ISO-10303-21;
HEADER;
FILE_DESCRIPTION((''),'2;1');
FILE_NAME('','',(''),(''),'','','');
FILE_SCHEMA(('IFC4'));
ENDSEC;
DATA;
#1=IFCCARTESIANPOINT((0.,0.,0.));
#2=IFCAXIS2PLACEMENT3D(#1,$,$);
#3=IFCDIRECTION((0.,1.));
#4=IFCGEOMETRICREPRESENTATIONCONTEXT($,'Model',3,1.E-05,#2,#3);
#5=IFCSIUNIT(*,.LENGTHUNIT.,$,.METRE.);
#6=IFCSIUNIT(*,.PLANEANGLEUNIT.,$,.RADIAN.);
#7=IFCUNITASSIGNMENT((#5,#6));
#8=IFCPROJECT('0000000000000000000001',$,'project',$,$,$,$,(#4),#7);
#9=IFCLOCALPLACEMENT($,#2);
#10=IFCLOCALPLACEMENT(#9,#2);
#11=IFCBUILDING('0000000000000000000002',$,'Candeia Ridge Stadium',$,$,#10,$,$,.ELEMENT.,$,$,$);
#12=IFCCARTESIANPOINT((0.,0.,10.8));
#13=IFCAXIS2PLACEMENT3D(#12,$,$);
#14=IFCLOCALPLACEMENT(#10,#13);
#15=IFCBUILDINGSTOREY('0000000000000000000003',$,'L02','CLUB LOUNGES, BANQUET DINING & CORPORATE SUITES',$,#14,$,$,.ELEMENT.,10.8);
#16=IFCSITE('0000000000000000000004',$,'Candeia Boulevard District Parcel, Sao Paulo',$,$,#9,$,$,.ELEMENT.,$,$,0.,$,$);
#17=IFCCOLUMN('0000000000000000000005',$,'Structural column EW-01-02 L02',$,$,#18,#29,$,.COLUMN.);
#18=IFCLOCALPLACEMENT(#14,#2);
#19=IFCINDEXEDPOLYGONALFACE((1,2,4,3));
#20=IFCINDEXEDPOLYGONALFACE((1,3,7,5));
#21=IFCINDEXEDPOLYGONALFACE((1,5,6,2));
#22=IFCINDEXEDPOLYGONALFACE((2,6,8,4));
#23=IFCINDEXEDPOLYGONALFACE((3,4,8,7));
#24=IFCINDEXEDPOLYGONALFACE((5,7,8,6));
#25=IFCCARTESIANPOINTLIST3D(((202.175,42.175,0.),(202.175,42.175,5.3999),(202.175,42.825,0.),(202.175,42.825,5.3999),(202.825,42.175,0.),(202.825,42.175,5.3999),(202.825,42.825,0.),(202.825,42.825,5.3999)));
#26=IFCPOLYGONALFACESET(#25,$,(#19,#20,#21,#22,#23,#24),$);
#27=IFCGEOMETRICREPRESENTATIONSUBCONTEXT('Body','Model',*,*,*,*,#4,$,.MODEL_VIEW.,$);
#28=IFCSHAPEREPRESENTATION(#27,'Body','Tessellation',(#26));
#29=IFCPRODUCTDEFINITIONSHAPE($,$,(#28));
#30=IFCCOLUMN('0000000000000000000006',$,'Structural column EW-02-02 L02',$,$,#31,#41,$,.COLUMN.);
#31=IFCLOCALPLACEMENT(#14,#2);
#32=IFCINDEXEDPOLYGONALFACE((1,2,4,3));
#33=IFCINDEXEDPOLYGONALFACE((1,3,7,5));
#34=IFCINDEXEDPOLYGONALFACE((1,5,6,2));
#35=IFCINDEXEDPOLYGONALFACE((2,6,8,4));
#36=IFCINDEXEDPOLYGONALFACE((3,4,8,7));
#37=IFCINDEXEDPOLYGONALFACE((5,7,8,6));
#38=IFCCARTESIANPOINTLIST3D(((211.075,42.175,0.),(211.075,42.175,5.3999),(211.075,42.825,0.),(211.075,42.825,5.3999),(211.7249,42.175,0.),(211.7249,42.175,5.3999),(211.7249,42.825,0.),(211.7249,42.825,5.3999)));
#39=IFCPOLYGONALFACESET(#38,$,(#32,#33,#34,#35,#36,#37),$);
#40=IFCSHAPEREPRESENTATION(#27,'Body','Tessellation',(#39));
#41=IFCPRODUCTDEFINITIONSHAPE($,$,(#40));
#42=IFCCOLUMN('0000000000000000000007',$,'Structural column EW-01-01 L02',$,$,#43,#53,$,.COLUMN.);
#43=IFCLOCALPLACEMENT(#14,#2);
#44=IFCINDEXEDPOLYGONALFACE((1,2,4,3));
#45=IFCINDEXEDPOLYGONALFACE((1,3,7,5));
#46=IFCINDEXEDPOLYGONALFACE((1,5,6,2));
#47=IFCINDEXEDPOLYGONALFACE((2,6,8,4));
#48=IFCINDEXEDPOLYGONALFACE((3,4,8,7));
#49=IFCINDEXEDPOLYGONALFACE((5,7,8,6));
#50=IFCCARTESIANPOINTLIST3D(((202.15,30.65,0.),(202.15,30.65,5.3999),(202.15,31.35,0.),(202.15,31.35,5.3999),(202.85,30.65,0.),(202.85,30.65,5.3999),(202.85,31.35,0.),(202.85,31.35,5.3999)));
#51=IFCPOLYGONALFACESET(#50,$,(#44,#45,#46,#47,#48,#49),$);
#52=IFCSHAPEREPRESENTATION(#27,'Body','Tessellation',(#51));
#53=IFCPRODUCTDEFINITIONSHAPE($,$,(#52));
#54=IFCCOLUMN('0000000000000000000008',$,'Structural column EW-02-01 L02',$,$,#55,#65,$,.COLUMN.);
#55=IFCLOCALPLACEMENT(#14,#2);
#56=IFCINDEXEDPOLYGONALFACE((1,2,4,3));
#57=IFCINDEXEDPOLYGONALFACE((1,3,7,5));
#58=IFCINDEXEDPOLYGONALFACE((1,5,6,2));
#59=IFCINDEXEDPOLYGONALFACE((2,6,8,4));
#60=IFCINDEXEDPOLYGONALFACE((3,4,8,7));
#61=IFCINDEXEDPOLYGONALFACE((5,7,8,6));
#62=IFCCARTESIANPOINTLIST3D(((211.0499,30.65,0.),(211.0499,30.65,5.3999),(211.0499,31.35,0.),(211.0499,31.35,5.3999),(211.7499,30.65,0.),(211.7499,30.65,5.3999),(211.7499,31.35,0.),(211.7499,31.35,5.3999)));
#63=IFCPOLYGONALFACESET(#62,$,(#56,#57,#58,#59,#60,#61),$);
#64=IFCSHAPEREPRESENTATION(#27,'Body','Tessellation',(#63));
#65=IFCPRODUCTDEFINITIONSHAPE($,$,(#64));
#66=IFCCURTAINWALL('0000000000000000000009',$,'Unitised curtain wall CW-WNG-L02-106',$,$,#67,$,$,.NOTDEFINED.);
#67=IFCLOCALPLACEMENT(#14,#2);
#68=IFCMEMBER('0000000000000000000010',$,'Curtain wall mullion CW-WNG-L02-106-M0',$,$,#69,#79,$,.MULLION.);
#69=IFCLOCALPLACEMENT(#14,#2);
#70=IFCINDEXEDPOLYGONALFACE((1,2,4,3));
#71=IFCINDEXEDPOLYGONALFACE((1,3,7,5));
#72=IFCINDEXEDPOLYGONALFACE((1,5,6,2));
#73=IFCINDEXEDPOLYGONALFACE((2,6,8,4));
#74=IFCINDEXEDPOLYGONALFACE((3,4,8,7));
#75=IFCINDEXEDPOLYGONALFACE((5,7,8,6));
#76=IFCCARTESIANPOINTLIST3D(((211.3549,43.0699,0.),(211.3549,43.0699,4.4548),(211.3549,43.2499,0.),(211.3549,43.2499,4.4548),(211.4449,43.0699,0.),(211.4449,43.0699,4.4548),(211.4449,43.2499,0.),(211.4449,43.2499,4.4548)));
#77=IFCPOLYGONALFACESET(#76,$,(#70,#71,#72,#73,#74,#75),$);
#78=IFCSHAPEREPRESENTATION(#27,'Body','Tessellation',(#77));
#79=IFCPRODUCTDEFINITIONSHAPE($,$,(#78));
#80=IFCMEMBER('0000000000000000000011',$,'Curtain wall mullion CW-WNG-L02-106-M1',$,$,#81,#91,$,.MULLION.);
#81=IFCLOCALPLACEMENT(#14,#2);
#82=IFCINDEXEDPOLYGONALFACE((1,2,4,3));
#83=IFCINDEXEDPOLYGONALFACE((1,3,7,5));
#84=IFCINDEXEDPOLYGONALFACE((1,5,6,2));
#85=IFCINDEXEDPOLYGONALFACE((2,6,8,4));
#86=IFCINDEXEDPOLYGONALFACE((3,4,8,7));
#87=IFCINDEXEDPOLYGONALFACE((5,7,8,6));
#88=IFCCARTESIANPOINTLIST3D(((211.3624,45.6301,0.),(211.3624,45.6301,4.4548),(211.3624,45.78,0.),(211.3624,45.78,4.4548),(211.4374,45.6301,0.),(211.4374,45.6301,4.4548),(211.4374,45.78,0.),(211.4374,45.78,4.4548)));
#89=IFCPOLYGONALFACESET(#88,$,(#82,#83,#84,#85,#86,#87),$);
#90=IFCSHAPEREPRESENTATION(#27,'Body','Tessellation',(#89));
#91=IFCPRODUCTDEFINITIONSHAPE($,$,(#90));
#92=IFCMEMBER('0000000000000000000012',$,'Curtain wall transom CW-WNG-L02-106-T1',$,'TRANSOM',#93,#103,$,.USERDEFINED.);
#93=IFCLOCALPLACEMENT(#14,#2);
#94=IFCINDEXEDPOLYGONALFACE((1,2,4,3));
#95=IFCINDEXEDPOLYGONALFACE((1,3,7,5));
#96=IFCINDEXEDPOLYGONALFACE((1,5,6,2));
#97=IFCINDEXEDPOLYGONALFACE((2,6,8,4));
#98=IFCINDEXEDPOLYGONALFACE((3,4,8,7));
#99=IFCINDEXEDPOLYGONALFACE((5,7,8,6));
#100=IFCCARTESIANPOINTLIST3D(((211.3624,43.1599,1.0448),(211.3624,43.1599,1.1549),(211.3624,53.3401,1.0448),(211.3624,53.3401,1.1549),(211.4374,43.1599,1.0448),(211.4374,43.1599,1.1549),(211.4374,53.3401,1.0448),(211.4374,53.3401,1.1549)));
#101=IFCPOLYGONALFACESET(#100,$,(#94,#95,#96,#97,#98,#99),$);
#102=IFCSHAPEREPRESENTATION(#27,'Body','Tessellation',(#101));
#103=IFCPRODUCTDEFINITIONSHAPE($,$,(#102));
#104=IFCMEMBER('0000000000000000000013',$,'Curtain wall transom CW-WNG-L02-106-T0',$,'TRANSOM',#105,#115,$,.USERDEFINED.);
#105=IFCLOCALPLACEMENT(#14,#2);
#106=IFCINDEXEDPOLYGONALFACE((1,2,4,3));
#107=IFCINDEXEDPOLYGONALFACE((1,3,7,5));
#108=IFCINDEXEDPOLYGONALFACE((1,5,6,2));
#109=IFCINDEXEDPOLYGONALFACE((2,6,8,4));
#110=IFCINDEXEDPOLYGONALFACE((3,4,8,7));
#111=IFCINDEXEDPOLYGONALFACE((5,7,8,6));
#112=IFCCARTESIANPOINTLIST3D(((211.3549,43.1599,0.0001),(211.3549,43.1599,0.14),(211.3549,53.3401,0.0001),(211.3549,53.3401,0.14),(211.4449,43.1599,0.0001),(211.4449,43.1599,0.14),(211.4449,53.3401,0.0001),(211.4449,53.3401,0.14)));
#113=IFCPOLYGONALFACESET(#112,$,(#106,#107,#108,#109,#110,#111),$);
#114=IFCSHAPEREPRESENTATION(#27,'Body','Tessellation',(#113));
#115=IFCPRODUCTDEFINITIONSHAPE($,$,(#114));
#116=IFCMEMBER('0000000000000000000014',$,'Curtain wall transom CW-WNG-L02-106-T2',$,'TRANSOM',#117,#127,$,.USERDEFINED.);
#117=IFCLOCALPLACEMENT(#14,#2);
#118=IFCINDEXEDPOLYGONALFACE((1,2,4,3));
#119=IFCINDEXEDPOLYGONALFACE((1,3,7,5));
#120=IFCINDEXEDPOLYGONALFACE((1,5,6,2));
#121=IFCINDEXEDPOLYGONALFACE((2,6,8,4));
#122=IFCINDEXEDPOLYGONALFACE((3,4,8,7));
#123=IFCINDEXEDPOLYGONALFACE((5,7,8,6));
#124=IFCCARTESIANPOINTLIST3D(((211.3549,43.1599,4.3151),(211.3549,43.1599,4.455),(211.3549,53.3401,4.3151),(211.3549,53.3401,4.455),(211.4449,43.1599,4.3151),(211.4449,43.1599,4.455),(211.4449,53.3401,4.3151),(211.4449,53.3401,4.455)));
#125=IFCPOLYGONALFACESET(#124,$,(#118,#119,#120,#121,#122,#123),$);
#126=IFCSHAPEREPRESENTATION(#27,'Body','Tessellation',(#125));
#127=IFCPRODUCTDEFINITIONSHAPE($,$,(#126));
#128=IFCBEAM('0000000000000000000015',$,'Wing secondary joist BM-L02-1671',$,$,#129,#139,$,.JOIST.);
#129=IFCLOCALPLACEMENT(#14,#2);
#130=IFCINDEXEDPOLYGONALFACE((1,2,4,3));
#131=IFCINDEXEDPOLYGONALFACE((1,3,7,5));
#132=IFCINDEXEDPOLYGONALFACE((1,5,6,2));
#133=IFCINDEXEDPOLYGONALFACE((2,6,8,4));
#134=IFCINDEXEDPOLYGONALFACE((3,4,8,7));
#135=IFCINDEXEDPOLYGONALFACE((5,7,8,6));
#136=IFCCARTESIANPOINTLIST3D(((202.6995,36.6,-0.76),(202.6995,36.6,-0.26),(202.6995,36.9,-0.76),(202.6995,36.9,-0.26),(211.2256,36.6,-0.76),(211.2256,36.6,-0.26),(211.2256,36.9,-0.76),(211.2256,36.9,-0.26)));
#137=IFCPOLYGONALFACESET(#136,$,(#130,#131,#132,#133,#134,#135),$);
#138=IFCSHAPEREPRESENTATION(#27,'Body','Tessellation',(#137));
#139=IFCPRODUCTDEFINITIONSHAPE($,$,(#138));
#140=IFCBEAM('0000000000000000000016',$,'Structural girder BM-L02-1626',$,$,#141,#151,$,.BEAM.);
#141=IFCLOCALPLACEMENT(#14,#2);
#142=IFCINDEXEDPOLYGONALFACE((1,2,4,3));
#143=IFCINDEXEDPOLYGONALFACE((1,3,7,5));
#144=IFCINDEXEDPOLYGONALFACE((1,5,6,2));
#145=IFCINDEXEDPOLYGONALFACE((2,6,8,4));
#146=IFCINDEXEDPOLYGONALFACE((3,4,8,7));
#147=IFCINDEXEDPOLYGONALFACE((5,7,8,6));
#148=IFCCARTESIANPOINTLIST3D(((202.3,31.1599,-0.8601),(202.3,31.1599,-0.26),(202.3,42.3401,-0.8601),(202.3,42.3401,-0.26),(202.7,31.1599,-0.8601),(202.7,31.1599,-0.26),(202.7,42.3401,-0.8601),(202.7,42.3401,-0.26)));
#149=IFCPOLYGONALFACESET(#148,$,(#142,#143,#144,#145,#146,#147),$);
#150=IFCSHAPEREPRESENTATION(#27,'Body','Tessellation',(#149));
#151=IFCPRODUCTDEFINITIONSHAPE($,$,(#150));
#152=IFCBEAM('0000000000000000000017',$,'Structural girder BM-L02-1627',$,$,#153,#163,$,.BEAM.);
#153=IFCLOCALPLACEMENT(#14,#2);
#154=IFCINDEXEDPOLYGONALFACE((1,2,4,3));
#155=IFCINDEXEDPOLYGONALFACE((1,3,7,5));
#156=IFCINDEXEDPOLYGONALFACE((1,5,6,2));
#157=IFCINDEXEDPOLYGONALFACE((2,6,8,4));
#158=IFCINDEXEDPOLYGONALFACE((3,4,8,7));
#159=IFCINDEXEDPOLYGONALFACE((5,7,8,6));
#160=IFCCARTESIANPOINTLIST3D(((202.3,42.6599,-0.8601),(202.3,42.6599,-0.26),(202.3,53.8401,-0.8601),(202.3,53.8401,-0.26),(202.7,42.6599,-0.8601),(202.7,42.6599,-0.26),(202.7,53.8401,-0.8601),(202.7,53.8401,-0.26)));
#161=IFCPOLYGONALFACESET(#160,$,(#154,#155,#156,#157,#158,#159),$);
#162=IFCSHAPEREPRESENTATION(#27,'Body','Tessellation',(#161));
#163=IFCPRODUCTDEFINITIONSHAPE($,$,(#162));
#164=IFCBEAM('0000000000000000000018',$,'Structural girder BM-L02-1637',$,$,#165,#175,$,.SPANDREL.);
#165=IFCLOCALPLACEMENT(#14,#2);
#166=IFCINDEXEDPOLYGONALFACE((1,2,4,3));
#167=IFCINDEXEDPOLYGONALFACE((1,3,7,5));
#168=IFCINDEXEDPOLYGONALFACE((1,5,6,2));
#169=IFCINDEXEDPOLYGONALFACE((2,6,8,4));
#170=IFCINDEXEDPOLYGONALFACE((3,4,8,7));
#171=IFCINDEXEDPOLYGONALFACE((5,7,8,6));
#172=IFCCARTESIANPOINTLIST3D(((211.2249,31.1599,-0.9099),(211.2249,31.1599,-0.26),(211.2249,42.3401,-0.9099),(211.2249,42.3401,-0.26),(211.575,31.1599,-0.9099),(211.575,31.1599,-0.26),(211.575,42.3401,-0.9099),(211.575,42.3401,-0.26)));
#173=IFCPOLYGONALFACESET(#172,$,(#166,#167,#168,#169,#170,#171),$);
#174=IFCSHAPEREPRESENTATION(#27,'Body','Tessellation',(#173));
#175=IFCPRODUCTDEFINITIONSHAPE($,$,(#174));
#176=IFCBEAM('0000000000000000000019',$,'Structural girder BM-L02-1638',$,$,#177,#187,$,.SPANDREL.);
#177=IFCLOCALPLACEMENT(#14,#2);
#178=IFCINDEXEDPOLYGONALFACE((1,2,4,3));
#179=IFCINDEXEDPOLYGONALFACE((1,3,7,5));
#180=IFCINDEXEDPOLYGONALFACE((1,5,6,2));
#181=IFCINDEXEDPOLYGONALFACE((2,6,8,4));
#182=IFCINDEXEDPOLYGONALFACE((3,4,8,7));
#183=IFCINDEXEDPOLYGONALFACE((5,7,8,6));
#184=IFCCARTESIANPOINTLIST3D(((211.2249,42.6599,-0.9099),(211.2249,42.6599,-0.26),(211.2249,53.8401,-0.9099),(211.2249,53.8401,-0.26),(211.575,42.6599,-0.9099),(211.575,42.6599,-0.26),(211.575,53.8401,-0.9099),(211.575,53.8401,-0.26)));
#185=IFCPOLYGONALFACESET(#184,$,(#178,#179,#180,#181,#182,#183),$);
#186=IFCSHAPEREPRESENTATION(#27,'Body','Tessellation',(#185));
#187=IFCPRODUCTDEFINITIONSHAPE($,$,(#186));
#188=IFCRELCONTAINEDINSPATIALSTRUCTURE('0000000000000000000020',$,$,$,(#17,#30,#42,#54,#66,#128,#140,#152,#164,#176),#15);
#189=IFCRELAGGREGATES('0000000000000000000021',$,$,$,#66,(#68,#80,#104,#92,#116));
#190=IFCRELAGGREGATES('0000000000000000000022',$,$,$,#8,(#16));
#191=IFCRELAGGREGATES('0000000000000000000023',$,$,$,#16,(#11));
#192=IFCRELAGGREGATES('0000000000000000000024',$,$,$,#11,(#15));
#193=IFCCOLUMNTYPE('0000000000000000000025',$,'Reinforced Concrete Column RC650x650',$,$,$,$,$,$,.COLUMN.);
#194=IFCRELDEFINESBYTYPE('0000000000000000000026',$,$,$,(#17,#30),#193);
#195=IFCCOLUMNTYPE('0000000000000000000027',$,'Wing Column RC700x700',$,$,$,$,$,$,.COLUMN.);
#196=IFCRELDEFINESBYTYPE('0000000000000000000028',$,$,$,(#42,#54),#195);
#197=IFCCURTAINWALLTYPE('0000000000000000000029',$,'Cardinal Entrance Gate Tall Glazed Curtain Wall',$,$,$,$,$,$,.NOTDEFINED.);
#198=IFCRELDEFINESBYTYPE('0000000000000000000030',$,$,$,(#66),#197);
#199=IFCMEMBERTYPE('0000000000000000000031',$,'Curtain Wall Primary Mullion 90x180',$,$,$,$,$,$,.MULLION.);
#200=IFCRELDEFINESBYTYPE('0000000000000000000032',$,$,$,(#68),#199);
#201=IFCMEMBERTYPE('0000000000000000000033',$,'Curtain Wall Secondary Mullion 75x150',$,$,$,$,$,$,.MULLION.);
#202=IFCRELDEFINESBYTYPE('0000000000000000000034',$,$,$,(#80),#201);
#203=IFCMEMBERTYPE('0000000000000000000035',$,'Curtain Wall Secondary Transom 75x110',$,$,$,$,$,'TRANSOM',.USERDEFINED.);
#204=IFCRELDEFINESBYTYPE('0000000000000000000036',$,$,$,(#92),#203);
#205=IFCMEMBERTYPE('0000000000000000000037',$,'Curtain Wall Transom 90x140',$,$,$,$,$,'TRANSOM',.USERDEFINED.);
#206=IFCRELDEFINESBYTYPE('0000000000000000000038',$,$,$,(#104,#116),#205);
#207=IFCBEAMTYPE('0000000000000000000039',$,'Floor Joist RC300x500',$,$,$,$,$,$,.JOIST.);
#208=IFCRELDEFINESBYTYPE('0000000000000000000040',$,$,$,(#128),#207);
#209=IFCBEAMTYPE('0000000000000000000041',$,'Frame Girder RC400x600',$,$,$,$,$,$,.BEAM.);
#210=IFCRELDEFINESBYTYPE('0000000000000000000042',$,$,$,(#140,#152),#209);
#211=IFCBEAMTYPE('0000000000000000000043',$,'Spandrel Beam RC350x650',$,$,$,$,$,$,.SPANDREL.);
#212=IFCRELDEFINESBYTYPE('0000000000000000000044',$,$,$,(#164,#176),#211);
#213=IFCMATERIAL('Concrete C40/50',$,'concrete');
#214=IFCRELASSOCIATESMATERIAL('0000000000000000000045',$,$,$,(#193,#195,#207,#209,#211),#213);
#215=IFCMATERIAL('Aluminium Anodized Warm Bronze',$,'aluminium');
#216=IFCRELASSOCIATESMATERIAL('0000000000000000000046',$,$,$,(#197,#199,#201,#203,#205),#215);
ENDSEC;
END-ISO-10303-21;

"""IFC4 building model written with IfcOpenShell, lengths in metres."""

from ifc_helpers import new_model, si_unit, direction, frame, origin, origin_2d, place, context, subcontext, project, spatial, rectangle, extrude, material, material_profile, profile_set, type_object, element, aggregate, save


model = new_model("IFC4")

# Units and contexts
model_context = context("Model", 3, precision=1e-05, world=origin(), true_north=direction((0.0, 1.0)))
body_context = subcontext(model_context, "Body", "Model", "MODEL_VIEW")
ifc_project = project(units=[si_unit("LENGTHUNIT", "METRE"), si_unit("PLANEANGLEUNIT", "RADIAN")], contexts=[model_context])

# Site, building, storey
site_placement = place(None, origin())
site = spatial("IfcSite", under=ifc_project, at=site_placement, Name="Candeia Boulevard District Parcel, Sao Paulo", CompositionType="ELEMENT", RefElevation=0.0)
building_placement = place(site_placement, origin())
building = spatial("IfcBuilding", under=site, at=building_placement, Name="Candeia Ridge Stadium", CompositionType="ELEMENT")
storey_placement = place(building_placement, frame((0.0, 0.0, 10.8)))
storey = spatial("IfcBuildingStorey", under=building, at=storey_placement, Name="L02", Description="CLUB LOUNGES, BANQUET DINING & CORPORATE SUITES", CompositionType="ELEMENT", Elevation=10.8)

# Columns
ifc_material_1 = material(Name="Concrete C40/50", Category="concrete")
ifc_material_profile_1 = material_profile(ifc_material_1, rectangle(XDim=0.6499, YDim=0.6499, at=origin_2d()), Name="RC650x650", Category="concrete")
ifc_profile_set_1 = profile_set([ifc_material_profile_1], Name="Concrete C40/50")
column_type_1 = type_object("IfcColumnType", Name="Reinforced Concrete Column RC650x650", PredefinedType="COLUMN", material=ifc_profile_set_1)
for number, where, z_axis, x_axis, name in (
    (1, (202.5, 42.5, 0.0), (0.0, 0.0, 1.0), (1.0, 0.0, 0.0), "Structural column EW-01-02 L02"),
    (2, (211.3999, 42.5, 0.0), (0.0, 0.0, 1.0), (1.0, 0.0, 0.0), "Structural column EW-02-02 L02"),
):
    element("IfcColumn", number, at=place(storey_placement, frame(where, z_axis=z_axis, x_axis=x_axis)), inside=storey, type_object=column_type_1, Name=name, PredefinedType="COLUMN", context=body_context, shape_type="SweptSolid", body=[
        extrude(rectangle(XDim=0.6499, YDim=0.6499, at=origin_2d()), origin(), (0.0, 0.0, 1.0), 5.3999),
    ])
ifc_material_profile_2 = material_profile(ifc_material_1, rectangle(XDim=0.7, YDim=0.7, at=origin_2d()), Name="RC700x700", Category="concrete")
ifc_profile_set_2 = profile_set([ifc_material_profile_2], Name="Concrete C40/50")
column_type_2 = type_object("IfcColumnType", Name="Wing Column RC700x700", PredefinedType="COLUMN", material=ifc_profile_set_2)
for number, where, z_axis, x_axis, name in (
    (3, (202.5, 31.0, 0.0), (0.0, 0.0, 1.0), (1.0, 0.0, 0.0), "Structural column EW-01-01 L02"),
    (4, (211.3999, 31.0, 0.0), (0.0, 0.0, 1.0), (1.0, 0.0, 0.0), "Structural column EW-02-01 L02"),
):
    element("IfcColumn", number, at=place(storey_placement, frame(where, z_axis=z_axis, x_axis=x_axis)), inside=storey, type_object=column_type_2, Name=name, PredefinedType="COLUMN", context=body_context, shape_type="SweptSolid", body=[
        extrude(rectangle(XDim=0.7, YDim=0.7, at=origin_2d()), origin(), (0.0, 0.0, 1.0), 5.3999),
    ])

# Curtain wall, members
ifc_material_2 = material(Name="Aluminium Anodized Warm Bronze", Category="aluminium")
curtain_wall_type = type_object("IfcCurtainWallType", Name="Cardinal Entrance Gate Tall Glazed Curtain Wall", PredefinedType="NOTDEFINED", material=ifc_material_2)
curtain_wall_placement = place(storey_placement, origin())
curtain_wall = element("IfcCurtainWall", 5, at=curtain_wall_placement, inside=storey, type_object=curtain_wall_type, Name="Unitised curtain wall CW-WNG-L02-106", PredefinedType="NOTDEFINED")
ifc_material_profile_3 = material_profile(ifc_material_2, rectangle(XDim=0.0901, YDim=0.1799, at=origin_2d()), Name="CWM-90x180", Category="aluminium")
ifc_profile_set_3 = profile_set([ifc_material_profile_3], Name="Aluminium Anodized Warm Bronze")
member_type_1 = type_object("IfcMemberType", Name="Curtain Wall Primary Mullion 90x180", PredefinedType="MULLION", material=ifc_profile_set_3)
member_1_placement = place(storey_placement, frame((211.3999, 43.1599, 0.0), z_axis=(0.0, 0.0, 1.0), x_axis=(1.0, 0.0, 0.0)))
member_1 = element("IfcMember", 6, at=member_1_placement, type_object=member_type_1, Name="Curtain wall mullion CW-WNG-L02-106-M0", PredefinedType="MULLION", context=body_context, shape_type="SweptSolid", body=[
    extrude(rectangle(XDim=0.0901, YDim=0.1799, at=origin_2d()), origin(), (0.0, 0.0, 1.0), 4.4548),
])
ifc_material_profile_4 = material_profile(ifc_material_2, rectangle(XDim=0.075, YDim=0.1499, at=origin_2d()), Name="CWM-75x150", Category="aluminium")
ifc_profile_set_4 = profile_set([ifc_material_profile_4], Name="Aluminium Anodized Warm Bronze")
member_type_2 = type_object("IfcMemberType", Name="Curtain Wall Secondary Mullion 75x150", PredefinedType="MULLION", material=ifc_profile_set_4)
member_2_placement = place(storey_placement, frame((211.3999, 45.7051, 0.0), z_axis=(0.0, 0.0, 1.0), x_axis=(1.0, 0.0, 0.0)))
member_2 = element("IfcMember", 7, at=member_2_placement, type_object=member_type_2, Name="Curtain wall mullion CW-WNG-L02-106-M1", PredefinedType="MULLION", context=body_context, shape_type="SweptSolid", body=[
    extrude(rectangle(XDim=0.075, YDim=0.1499, at=origin_2d()), origin(), (0.0, 0.0, 1.0), 4.4548),
])
ifc_material_profile_5 = material_profile(ifc_material_2, rectangle(XDim=0.075, YDim=0.1101, at=origin_2d()), Name="CWT-75x110", Category="aluminium")
ifc_profile_set_5 = profile_set([ifc_material_profile_5], Name="Aluminium Anodized Warm Bronze")
member_type_3 = type_object("IfcMemberType", Name="Curtain Wall Secondary Transom 75x110", ElementType="TRANSOM", PredefinedType="USERDEFINED", material=ifc_profile_set_5)
member_3_placement = place(storey_placement, frame((211.3999, 43.1599, 1.0999), z_axis=(0.0, 1.0, 0.0), x_axis=(-1.0, 0.0, 0.0)))
member_3 = element("IfcMember", 8, at=member_3_placement, type_object=member_type_3, Name="Curtain wall transom CW-WNG-L02-106-T1", ObjectType="TRANSOM", PredefinedType="USERDEFINED", context=body_context, shape_type="SweptSolid", body=[
    extrude(rectangle(XDim=0.075, YDim=0.1101, at=origin_2d()), origin(), (0.0, 0.0, 1.0), 10.1802),
])
ifc_material_profile_6 = material_profile(ifc_material_2, rectangle(XDim=0.0901, YDim=0.1399, at=origin_2d()), Name="CWT-90x140", Category="aluminium")
ifc_profile_set_6 = profile_set([ifc_material_profile_6], Name="Aluminium Anodized Warm Bronze")
member_type_4 = type_object("IfcMemberType", Name="Curtain Wall Transom 90x140", ElementType="TRANSOM", PredefinedType="USERDEFINED", material=ifc_profile_set_6)
member_4_placement = place(storey_placement, frame((211.3999, 43.1599, 0.0701), z_axis=(0.0, 1.0, 0.0), x_axis=(-1.0, 0.0, 0.0)))
member_4 = element("IfcMember", 9, at=member_4_placement, type_object=member_type_4, Name="Curtain wall transom CW-WNG-L02-106-T0", ObjectType="TRANSOM", PredefinedType="USERDEFINED", context=body_context, shape_type="SweptSolid", body=[
    extrude(rectangle(XDim=0.0901, YDim=0.1399, at=origin_2d()), origin(), (0.0, 0.0, 1.0), 10.1802),
])
member_5_placement = place(storey_placement, frame((211.3999, 43.1599, 4.385), z_axis=(0.0, 1.0, 0.0), x_axis=(-1.0, 0.0, 0.0)))
member_5 = element("IfcMember", 10, at=member_5_placement, type_object=member_type_4, Name="Curtain wall transom CW-WNG-L02-106-T2", ObjectType="TRANSOM", PredefinedType="USERDEFINED", context=body_context, shape_type="SweptSolid", body=[
    extrude(rectangle(XDim=0.0901, YDim=0.1399, at=origin_2d()), origin(), (0.0, 0.0, 1.0), 10.1802),
])

# Beams
ifc_material_profile_7 = material_profile(ifc_material_1, rectangle(XDim=0.3, YDim=0.5, at=origin_2d()), Name="RC300x500", Category="concrete")
ifc_profile_set_7 = profile_set([ifc_material_profile_7], Name="Concrete C40/50")
beam_type_1 = type_object("IfcBeamType", Name="Floor Joist RC300x500", PredefinedType="JOIST", material=ifc_profile_set_7)
beam_placement = place(storey_placement, frame((202.6995, 36.75, -0.51), z_axis=(1.0, 0.0, 0.0), x_axis=(0.0, 1.0, 0.0)))
element("IfcBeam", 11, at=beam_placement, inside=storey, type_object=beam_type_1, Name="Wing secondary joist BM-L02-1671", PredefinedType="JOIST", context=body_context, shape_type="SweptSolid", body=[
    extrude(rectangle(XDim=0.3, YDim=0.5, at=origin_2d()), origin(), (0.0, 0.0, 1.0), 8.5261),
])
ifc_material_profile_8 = material_profile(ifc_material_1, rectangle(XDim=0.3999, YDim=0.6001, at=origin_2d()), Name="RC400x600", Category="concrete")
ifc_profile_set_8 = profile_set([ifc_material_profile_8], Name="Concrete C40/50")
beam_type_2 = type_object("IfcBeamType", Name="Frame Girder RC400x600", PredefinedType="BEAM", material=ifc_profile_set_8)
for number, where, z_axis, x_axis, name in (
    (12, (202.5, 31.1599, -0.5601), (0.0, 1.0, 0.0), (-1.0, 0.0, 0.0), "Structural girder BM-L02-1626"),
    (13, (202.5, 42.6599, -0.5601), (0.0, 1.0, 0.0), (-1.0, 0.0, 0.0), "Structural girder BM-L02-1627"),
):
    element("IfcBeam", number, at=place(storey_placement, frame(where, z_axis=z_axis, x_axis=x_axis)), inside=storey, type_object=beam_type_2, Name=name, PredefinedType="BEAM", context=body_context, shape_type="SweptSolid", body=[
        extrude(rectangle(XDim=0.3999, YDim=0.6001, at=origin_2d()), origin(), (0.0, 0.0, 1.0), 11.1802),
    ])
ifc_material_profile_9 = material_profile(ifc_material_1, rectangle(XDim=0.3501, YDim=0.6499, at=origin_2d()), Name="RC350x650", Category="concrete")
ifc_profile_set_9 = profile_set([ifc_material_profile_9], Name="Concrete C40/50")
beam_type_3 = type_object("IfcBeamType", Name="Spandrel Beam RC350x650", PredefinedType="SPANDREL", material=ifc_profile_set_9)
for number, where, z_axis, x_axis, name in (
    (14, (211.3999, 31.1599, -0.585), (0.0, 1.0, 0.0), (-1.0, 0.0, 0.0), "Structural girder BM-L02-1637"),
    (15, (211.3999, 42.6599, -0.585), (0.0, 1.0, 0.0), (-1.0, 0.0, 0.0), "Structural girder BM-L02-1638"),
):
    element("IfcBeam", number, at=place(storey_placement, frame(where, z_axis=z_axis, x_axis=x_axis)), inside=storey, type_object=beam_type_3, Name=name, PredefinedType="SPANDREL", context=body_context, shape_type="SweptSolid", body=[
        extrude(rectangle(XDim=0.3501, YDim=0.6499, at=origin_2d()), origin(), (0.0, 0.0, 1.0), 11.1802),
    ])

aggregate(curtain_wall, [member_1, member_2, member_4, member_3, member_5])

save(model, "model.ifc")
